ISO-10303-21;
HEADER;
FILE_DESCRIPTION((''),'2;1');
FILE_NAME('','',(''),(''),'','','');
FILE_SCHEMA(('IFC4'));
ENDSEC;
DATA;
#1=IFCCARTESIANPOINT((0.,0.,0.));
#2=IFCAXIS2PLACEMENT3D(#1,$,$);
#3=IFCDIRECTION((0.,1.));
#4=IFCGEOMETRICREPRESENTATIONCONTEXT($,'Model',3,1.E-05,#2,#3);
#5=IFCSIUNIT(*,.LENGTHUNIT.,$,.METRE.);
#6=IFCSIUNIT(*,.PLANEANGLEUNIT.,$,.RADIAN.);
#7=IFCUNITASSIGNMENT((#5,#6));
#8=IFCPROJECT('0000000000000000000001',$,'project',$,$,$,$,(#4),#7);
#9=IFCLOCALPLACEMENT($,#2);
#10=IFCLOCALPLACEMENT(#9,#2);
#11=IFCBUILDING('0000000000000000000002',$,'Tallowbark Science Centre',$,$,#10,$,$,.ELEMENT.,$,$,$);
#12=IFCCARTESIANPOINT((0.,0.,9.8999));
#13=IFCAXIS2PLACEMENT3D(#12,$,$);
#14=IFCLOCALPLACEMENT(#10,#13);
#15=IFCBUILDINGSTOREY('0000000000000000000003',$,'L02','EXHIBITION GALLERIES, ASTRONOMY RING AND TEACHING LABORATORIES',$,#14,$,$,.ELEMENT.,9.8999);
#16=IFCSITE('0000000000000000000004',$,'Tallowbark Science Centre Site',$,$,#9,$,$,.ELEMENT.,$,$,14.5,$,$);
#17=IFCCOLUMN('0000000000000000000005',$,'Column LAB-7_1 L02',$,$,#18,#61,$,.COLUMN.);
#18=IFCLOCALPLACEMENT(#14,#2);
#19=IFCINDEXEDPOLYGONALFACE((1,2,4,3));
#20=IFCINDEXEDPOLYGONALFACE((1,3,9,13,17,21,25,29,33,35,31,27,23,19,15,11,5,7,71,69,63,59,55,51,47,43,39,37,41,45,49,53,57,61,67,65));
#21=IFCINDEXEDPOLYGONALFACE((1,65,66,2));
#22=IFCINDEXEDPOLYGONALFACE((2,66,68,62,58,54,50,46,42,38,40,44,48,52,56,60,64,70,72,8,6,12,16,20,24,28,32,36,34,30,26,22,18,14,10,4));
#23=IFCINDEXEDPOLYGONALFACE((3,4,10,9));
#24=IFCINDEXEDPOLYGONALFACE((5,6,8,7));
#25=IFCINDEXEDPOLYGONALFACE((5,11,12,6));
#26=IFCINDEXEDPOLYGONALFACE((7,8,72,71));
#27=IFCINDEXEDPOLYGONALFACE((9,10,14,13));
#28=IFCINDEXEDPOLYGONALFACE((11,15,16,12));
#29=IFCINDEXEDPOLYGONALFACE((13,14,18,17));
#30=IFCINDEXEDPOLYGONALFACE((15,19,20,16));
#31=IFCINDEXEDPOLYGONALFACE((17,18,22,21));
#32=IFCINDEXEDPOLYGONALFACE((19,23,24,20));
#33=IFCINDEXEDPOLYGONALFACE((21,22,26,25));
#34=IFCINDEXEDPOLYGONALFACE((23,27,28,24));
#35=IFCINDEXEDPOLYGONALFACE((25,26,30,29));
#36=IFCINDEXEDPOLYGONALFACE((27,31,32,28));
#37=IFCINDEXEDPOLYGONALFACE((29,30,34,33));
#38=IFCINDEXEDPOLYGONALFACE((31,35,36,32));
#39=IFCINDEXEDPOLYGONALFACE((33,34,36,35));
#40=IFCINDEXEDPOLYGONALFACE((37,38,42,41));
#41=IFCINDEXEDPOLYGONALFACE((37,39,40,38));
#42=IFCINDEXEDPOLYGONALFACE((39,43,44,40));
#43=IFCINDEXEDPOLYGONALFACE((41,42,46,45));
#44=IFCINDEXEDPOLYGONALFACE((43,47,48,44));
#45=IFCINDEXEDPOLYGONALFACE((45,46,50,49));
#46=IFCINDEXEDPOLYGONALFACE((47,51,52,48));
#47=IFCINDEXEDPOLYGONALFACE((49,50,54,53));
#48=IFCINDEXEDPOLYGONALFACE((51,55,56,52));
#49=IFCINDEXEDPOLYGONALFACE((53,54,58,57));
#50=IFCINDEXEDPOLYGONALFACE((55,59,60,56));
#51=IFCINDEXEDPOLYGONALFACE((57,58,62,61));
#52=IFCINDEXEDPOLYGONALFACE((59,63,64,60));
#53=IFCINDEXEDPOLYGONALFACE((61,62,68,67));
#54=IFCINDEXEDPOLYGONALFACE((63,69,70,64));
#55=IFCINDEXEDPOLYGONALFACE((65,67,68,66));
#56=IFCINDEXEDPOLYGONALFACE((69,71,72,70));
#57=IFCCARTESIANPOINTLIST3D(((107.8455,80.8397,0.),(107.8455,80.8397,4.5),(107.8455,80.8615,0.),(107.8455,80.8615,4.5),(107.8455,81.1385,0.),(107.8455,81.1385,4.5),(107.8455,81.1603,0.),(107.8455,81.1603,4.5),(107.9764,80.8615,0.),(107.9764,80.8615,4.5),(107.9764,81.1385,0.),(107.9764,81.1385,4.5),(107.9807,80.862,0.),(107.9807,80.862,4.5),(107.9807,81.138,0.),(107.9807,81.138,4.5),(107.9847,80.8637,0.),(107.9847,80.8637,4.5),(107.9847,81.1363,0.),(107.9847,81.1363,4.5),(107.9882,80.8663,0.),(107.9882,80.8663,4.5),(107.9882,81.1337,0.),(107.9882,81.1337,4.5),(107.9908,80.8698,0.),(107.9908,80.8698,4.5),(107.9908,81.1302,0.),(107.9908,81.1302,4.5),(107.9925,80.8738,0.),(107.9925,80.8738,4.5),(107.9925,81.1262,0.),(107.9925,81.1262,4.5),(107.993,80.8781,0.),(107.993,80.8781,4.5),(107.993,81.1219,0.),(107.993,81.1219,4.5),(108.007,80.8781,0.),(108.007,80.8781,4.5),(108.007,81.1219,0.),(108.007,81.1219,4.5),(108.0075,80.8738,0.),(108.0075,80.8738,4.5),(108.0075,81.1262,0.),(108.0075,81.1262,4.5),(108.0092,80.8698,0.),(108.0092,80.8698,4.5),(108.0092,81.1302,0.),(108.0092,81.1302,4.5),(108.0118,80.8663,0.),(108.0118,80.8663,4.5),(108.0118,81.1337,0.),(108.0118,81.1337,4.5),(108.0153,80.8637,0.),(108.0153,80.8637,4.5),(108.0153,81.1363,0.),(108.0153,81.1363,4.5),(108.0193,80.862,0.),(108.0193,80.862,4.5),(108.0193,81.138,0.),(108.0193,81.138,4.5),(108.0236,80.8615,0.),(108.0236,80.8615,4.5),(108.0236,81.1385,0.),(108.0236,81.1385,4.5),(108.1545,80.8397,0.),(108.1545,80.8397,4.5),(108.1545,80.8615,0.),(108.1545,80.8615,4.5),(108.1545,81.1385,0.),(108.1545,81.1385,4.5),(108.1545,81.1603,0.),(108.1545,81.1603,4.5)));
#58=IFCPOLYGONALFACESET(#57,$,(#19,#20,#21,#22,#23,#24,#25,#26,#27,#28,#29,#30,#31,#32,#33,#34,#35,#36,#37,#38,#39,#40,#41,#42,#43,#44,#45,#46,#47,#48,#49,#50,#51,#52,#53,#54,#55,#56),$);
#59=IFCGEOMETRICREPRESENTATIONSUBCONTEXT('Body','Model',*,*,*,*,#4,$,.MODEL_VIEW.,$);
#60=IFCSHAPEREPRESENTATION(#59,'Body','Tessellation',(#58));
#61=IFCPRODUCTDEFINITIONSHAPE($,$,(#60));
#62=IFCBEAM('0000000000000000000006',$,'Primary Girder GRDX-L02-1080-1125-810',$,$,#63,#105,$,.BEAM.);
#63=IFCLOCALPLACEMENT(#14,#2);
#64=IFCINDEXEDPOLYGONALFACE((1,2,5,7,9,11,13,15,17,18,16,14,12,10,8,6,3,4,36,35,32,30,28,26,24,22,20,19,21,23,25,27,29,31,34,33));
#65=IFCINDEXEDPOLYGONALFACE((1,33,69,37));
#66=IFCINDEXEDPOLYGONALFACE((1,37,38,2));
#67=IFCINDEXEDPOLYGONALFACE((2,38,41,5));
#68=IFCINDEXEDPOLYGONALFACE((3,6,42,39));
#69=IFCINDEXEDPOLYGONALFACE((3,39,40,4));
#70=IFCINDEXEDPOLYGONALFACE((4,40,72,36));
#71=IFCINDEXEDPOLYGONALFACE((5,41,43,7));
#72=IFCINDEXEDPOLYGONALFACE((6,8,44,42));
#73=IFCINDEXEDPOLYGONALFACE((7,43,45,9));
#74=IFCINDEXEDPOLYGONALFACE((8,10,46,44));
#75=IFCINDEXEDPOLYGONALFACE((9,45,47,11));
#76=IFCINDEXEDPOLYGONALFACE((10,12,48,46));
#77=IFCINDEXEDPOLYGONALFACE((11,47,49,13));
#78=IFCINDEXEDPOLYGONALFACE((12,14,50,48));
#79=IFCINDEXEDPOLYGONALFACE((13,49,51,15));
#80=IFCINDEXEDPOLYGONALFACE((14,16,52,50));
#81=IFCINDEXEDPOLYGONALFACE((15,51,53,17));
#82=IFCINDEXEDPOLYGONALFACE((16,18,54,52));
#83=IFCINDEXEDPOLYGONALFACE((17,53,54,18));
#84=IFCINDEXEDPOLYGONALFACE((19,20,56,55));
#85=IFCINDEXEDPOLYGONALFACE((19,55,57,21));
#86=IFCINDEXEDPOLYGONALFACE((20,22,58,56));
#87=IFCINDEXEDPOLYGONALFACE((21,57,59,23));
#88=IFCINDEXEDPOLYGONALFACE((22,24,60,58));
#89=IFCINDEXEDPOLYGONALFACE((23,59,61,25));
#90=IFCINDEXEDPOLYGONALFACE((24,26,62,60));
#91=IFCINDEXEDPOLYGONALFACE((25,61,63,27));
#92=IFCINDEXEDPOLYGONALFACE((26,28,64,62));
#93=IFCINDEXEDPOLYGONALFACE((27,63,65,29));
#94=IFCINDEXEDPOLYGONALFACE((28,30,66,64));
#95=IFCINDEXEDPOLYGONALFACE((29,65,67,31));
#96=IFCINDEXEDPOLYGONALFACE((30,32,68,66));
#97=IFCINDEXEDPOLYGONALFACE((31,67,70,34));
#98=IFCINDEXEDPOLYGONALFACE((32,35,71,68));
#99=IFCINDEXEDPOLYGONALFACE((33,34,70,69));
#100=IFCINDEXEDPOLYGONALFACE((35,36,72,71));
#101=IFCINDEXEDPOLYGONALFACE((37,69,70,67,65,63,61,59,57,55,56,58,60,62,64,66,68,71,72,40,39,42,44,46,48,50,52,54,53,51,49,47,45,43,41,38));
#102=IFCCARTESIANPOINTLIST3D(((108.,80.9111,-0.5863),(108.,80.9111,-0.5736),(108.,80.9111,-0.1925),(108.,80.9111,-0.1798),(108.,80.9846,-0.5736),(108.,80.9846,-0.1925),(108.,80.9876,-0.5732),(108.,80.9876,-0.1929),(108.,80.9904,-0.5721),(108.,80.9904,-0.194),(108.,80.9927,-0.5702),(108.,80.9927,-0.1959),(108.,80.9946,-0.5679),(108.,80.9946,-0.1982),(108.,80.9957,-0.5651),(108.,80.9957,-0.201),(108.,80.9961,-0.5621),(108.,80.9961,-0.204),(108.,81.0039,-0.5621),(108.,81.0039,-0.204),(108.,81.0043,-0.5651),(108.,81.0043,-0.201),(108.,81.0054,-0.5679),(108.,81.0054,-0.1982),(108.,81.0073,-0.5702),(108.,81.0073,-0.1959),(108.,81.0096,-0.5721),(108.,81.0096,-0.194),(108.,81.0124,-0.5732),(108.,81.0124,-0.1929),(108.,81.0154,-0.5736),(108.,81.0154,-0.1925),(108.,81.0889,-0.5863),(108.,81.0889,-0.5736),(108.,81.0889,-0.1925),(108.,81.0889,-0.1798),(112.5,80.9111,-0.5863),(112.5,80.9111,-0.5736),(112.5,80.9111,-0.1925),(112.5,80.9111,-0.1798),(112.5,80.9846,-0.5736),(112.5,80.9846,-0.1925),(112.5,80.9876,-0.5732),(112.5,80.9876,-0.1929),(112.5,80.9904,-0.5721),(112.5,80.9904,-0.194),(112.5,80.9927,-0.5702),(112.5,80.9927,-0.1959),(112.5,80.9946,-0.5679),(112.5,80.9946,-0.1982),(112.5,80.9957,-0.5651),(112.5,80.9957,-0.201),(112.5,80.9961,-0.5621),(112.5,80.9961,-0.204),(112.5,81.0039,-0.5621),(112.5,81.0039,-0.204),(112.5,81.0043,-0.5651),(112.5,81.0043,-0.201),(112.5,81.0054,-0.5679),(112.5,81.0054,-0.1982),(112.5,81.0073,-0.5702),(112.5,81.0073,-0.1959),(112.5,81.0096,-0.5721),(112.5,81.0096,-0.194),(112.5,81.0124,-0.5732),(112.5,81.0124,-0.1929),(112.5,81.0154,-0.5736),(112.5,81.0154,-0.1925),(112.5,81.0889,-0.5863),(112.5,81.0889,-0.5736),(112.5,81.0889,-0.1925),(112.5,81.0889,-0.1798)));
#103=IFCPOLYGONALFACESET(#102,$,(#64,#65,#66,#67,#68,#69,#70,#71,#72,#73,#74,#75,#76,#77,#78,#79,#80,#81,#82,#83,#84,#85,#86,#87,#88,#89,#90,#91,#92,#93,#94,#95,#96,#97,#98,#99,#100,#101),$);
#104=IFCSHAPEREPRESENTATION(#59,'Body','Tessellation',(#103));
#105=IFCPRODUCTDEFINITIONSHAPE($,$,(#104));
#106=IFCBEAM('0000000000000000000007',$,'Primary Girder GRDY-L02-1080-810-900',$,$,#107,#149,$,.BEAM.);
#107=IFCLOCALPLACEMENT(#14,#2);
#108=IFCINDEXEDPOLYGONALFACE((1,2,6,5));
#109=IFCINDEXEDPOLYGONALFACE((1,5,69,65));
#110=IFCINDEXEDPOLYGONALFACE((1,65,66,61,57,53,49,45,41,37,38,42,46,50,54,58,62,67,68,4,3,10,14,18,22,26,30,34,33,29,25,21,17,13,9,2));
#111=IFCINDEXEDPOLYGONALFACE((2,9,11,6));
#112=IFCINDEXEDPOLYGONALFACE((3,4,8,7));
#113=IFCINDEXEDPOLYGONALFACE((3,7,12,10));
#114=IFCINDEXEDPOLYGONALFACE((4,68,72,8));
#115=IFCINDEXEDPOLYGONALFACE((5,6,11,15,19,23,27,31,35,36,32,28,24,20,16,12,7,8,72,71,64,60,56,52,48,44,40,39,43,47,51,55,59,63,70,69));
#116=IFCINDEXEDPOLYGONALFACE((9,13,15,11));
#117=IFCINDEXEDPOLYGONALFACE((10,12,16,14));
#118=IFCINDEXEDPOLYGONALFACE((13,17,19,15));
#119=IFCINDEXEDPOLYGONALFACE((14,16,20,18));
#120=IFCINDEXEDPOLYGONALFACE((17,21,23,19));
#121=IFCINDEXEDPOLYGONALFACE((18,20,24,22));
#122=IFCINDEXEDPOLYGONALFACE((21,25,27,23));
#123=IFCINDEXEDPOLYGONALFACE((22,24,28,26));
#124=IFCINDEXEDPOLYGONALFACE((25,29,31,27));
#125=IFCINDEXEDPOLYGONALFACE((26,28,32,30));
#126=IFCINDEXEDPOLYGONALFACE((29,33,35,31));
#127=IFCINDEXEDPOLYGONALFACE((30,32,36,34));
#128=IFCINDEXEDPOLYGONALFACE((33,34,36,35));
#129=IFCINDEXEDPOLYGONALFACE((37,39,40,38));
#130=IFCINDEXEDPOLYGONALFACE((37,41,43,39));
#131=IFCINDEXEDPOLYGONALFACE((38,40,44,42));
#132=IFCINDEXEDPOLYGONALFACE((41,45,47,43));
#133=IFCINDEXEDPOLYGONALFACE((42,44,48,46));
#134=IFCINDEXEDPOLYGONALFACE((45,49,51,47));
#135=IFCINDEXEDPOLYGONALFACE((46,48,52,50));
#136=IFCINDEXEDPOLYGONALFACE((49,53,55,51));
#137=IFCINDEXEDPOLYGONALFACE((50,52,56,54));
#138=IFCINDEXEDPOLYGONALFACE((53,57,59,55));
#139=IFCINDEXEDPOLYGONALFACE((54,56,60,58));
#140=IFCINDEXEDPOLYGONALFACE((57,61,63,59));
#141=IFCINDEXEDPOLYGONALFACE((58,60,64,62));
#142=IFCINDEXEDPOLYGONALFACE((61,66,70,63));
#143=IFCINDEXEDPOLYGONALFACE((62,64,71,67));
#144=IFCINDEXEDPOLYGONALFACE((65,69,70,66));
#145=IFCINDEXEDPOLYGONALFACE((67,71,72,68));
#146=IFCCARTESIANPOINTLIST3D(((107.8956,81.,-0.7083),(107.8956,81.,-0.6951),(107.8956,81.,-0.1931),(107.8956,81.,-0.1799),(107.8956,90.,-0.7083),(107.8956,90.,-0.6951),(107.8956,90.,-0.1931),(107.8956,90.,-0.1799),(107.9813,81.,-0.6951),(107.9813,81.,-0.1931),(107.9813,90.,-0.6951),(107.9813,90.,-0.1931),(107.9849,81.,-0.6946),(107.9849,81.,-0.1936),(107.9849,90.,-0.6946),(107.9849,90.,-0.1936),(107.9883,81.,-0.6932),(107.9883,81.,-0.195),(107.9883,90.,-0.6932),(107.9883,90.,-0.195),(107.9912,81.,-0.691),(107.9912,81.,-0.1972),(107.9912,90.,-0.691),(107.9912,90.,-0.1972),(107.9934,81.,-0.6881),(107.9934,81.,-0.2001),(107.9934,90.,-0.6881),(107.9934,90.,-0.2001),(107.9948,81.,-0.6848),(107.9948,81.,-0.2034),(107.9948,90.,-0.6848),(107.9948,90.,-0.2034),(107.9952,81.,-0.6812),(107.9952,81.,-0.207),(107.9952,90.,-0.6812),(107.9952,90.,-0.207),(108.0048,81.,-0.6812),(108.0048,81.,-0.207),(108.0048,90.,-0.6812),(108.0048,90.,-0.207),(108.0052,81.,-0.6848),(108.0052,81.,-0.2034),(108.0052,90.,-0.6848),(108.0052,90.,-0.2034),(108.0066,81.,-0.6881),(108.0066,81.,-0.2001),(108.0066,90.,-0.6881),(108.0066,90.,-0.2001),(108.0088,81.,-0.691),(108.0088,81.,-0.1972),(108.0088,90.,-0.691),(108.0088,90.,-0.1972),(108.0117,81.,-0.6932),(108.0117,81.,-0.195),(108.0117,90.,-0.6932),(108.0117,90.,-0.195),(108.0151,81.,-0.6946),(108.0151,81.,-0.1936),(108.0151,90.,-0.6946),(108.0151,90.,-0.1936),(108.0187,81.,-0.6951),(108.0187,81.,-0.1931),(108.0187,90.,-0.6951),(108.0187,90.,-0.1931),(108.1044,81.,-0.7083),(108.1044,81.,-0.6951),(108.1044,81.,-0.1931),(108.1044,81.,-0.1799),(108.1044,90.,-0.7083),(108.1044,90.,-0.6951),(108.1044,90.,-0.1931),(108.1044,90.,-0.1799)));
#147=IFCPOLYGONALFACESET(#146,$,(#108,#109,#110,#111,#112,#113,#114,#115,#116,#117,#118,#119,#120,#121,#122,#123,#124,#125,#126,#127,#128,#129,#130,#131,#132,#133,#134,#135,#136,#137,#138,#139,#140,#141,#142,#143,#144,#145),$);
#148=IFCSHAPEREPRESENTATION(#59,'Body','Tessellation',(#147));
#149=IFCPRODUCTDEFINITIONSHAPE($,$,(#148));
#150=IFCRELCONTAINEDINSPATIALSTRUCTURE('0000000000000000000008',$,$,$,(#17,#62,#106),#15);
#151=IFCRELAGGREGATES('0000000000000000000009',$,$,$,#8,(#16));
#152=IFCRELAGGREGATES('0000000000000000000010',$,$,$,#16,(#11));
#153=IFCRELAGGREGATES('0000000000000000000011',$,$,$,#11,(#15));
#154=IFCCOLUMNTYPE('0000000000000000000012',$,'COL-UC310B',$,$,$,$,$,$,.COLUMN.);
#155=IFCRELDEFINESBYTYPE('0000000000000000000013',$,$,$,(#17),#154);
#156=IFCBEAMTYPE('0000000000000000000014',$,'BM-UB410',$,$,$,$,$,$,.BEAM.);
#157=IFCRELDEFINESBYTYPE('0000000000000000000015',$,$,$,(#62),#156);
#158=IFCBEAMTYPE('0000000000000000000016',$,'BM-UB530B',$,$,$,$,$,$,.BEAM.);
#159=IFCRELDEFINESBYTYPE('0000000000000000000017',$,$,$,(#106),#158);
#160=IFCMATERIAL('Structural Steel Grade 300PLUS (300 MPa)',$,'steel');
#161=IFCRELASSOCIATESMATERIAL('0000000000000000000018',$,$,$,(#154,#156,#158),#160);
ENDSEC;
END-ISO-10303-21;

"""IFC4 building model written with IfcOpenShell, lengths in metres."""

from ifc_helpers import new_model, si_unit, direction, frame, origin, origin_2d, place, context, subcontext, project, spatial, i_section, extrude, material, material_profile, profile_set, type_object, element, save


model = new_model("IFC4")

# Units and contexts
model_context = context("Model", 3, precision=1e-05, world=origin(), true_north=direction((0.0, 1.0)))
body_context = subcontext(model_context, "Body", "Model", "MODEL_VIEW")
ifc_project = project(units=[si_unit("LENGTHUNIT", "METRE"), si_unit("PLANEANGLEUNIT", "RADIAN")], contexts=[model_context])

# Site, building, storey
site_placement = place(None, origin())
site = spatial("IfcSite", under=ifc_project, at=site_placement, Name="Tallowbark Science Centre Site", CompositionType="ELEMENT", RefElevation=14.5)
building_placement = place(site_placement, origin())
building = spatial("IfcBuilding", under=site, at=building_placement, Name="Tallowbark Science Centre", CompositionType="ELEMENT")
storey_placement = place(building_placement, frame((0.0, 0.0, 9.8999)))
storey = spatial("IfcBuildingStorey", under=building, at=storey_placement, Name="L02", Description="EXHIBITION GALLERIES, ASTRONOMY RING AND TEACHING LABORATORIES", CompositionType="ELEMENT", Elevation=9.8999)

# Column
ifc_material_1 = material(Name="Structural Steel Grade 300PLUS (300 MPa)", Category="steel")
ifc_material_profile_1 = material_profile(ifc_material_1, i_section(OverallWidth=0.3091, OverallDepth=0.3206, WebThickness=0.0139, FlangeThickness=0.0217, FilletRadius=0.0166, at=origin_2d()), Name="310UC137")
ifc_profile_set_1 = profile_set([ifc_material_profile_1], Name="Structural Steel Grade 300PLUS (300 MPa)")
column_type = type_object("IfcColumnType", Name="COL-UC310B", PredefinedType="COLUMN", material=ifc_profile_set_1)
column_placement = place(storey_placement, frame((108.0, 81.0, 0.0), z_axis=(0.0, 0.0, 1.0), x_axis=(1.0, 0.0, 0.0)))
element("IfcColumn", 1, at=column_placement, inside=storey, type_object=column_type, Name="Column LAB-7_1 L02", PredefinedType="COLUMN", context=body_context, shape_type="SweptSolid", body=[
    extrude(i_section(OverallWidth=0.3091, OverallDepth=0.3206, WebThickness=0.0139, FlangeThickness=0.0217, FilletRadius=0.0166, at=origin_2d()), origin(), (0.0, 0.0, 1.0), 4.5),
])

# Beams
ifc_material_profile_2 = material_profile(ifc_material_1, i_section(OverallWidth=0.1777, OverallDepth=0.4065, WebThickness=0.0078, FlangeThickness=0.0127, FilletRadius=0.0115, at=origin_2d()), Name="410UB59.7")
ifc_profile_set_2 = profile_set([ifc_material_profile_2], Name="Structural Steel Grade 300PLUS (300 MPa)")
beam_type_1 = type_object("IfcBeamType", Name="BM-UB410", PredefinedType="BEAM", material=ifc_profile_set_2)
beam_1_placement = place(storey_placement, frame((108.0, 81.0, -0.3831), z_axis=(1.0, 0.0, 0.0), x_axis=(0.0, 1.0, 0.0)))
element("IfcBeam", 2, at=beam_1_placement, inside=storey, type_object=beam_type_1, Name="Primary Girder GRDX-L02-1080-1125-810", PredefinedType="BEAM", context=body_context, shape_type="SweptSolid", body=[
    extrude(i_section(OverallWidth=0.1777, OverallDepth=0.4065, WebThickness=0.0078, FlangeThickness=0.0127, FilletRadius=0.0115, at=origin_2d()), origin(), (0.0, 0.0, 1.0), 4.5),
])
ifc_material_profile_3 = material_profile(ifc_material_1, i_section(OverallWidth=0.2087, OverallDepth=0.5283, WebThickness=0.0095, FlangeThickness=0.0132, FilletRadius=0.0139, at=origin_2d()), Name="530UB82.0")
ifc_profile_set_3 = profile_set([ifc_material_profile_3], Name="Structural Steel Grade 300PLUS (300 MPa)")
beam_type_2 = type_object("IfcBeamType", Name="BM-UB530B", PredefinedType="BEAM", material=ifc_profile_set_3)
beam_2_placement = place(storey_placement, frame((108.0, 81.0, -0.4441), z_axis=(0.0, 1.0, 0.0), x_axis=(-1.0, 0.0, 0.0)))
element("IfcBeam", 3, at=beam_2_placement, inside=storey, type_object=beam_type_2, Name="Primary Girder GRDY-L02-1080-810-900", PredefinedType="BEAM", context=body_context, shape_type="SweptSolid", body=[
    extrude(i_section(OverallWidth=0.2087, OverallDepth=0.5283, WebThickness=0.0095, FlangeThickness=0.0132, FilletRadius=0.0139, at=origin_2d()), origin(), (0.0, 0.0, 1.0), 9.0),
])

save(model, "model.ifc")
